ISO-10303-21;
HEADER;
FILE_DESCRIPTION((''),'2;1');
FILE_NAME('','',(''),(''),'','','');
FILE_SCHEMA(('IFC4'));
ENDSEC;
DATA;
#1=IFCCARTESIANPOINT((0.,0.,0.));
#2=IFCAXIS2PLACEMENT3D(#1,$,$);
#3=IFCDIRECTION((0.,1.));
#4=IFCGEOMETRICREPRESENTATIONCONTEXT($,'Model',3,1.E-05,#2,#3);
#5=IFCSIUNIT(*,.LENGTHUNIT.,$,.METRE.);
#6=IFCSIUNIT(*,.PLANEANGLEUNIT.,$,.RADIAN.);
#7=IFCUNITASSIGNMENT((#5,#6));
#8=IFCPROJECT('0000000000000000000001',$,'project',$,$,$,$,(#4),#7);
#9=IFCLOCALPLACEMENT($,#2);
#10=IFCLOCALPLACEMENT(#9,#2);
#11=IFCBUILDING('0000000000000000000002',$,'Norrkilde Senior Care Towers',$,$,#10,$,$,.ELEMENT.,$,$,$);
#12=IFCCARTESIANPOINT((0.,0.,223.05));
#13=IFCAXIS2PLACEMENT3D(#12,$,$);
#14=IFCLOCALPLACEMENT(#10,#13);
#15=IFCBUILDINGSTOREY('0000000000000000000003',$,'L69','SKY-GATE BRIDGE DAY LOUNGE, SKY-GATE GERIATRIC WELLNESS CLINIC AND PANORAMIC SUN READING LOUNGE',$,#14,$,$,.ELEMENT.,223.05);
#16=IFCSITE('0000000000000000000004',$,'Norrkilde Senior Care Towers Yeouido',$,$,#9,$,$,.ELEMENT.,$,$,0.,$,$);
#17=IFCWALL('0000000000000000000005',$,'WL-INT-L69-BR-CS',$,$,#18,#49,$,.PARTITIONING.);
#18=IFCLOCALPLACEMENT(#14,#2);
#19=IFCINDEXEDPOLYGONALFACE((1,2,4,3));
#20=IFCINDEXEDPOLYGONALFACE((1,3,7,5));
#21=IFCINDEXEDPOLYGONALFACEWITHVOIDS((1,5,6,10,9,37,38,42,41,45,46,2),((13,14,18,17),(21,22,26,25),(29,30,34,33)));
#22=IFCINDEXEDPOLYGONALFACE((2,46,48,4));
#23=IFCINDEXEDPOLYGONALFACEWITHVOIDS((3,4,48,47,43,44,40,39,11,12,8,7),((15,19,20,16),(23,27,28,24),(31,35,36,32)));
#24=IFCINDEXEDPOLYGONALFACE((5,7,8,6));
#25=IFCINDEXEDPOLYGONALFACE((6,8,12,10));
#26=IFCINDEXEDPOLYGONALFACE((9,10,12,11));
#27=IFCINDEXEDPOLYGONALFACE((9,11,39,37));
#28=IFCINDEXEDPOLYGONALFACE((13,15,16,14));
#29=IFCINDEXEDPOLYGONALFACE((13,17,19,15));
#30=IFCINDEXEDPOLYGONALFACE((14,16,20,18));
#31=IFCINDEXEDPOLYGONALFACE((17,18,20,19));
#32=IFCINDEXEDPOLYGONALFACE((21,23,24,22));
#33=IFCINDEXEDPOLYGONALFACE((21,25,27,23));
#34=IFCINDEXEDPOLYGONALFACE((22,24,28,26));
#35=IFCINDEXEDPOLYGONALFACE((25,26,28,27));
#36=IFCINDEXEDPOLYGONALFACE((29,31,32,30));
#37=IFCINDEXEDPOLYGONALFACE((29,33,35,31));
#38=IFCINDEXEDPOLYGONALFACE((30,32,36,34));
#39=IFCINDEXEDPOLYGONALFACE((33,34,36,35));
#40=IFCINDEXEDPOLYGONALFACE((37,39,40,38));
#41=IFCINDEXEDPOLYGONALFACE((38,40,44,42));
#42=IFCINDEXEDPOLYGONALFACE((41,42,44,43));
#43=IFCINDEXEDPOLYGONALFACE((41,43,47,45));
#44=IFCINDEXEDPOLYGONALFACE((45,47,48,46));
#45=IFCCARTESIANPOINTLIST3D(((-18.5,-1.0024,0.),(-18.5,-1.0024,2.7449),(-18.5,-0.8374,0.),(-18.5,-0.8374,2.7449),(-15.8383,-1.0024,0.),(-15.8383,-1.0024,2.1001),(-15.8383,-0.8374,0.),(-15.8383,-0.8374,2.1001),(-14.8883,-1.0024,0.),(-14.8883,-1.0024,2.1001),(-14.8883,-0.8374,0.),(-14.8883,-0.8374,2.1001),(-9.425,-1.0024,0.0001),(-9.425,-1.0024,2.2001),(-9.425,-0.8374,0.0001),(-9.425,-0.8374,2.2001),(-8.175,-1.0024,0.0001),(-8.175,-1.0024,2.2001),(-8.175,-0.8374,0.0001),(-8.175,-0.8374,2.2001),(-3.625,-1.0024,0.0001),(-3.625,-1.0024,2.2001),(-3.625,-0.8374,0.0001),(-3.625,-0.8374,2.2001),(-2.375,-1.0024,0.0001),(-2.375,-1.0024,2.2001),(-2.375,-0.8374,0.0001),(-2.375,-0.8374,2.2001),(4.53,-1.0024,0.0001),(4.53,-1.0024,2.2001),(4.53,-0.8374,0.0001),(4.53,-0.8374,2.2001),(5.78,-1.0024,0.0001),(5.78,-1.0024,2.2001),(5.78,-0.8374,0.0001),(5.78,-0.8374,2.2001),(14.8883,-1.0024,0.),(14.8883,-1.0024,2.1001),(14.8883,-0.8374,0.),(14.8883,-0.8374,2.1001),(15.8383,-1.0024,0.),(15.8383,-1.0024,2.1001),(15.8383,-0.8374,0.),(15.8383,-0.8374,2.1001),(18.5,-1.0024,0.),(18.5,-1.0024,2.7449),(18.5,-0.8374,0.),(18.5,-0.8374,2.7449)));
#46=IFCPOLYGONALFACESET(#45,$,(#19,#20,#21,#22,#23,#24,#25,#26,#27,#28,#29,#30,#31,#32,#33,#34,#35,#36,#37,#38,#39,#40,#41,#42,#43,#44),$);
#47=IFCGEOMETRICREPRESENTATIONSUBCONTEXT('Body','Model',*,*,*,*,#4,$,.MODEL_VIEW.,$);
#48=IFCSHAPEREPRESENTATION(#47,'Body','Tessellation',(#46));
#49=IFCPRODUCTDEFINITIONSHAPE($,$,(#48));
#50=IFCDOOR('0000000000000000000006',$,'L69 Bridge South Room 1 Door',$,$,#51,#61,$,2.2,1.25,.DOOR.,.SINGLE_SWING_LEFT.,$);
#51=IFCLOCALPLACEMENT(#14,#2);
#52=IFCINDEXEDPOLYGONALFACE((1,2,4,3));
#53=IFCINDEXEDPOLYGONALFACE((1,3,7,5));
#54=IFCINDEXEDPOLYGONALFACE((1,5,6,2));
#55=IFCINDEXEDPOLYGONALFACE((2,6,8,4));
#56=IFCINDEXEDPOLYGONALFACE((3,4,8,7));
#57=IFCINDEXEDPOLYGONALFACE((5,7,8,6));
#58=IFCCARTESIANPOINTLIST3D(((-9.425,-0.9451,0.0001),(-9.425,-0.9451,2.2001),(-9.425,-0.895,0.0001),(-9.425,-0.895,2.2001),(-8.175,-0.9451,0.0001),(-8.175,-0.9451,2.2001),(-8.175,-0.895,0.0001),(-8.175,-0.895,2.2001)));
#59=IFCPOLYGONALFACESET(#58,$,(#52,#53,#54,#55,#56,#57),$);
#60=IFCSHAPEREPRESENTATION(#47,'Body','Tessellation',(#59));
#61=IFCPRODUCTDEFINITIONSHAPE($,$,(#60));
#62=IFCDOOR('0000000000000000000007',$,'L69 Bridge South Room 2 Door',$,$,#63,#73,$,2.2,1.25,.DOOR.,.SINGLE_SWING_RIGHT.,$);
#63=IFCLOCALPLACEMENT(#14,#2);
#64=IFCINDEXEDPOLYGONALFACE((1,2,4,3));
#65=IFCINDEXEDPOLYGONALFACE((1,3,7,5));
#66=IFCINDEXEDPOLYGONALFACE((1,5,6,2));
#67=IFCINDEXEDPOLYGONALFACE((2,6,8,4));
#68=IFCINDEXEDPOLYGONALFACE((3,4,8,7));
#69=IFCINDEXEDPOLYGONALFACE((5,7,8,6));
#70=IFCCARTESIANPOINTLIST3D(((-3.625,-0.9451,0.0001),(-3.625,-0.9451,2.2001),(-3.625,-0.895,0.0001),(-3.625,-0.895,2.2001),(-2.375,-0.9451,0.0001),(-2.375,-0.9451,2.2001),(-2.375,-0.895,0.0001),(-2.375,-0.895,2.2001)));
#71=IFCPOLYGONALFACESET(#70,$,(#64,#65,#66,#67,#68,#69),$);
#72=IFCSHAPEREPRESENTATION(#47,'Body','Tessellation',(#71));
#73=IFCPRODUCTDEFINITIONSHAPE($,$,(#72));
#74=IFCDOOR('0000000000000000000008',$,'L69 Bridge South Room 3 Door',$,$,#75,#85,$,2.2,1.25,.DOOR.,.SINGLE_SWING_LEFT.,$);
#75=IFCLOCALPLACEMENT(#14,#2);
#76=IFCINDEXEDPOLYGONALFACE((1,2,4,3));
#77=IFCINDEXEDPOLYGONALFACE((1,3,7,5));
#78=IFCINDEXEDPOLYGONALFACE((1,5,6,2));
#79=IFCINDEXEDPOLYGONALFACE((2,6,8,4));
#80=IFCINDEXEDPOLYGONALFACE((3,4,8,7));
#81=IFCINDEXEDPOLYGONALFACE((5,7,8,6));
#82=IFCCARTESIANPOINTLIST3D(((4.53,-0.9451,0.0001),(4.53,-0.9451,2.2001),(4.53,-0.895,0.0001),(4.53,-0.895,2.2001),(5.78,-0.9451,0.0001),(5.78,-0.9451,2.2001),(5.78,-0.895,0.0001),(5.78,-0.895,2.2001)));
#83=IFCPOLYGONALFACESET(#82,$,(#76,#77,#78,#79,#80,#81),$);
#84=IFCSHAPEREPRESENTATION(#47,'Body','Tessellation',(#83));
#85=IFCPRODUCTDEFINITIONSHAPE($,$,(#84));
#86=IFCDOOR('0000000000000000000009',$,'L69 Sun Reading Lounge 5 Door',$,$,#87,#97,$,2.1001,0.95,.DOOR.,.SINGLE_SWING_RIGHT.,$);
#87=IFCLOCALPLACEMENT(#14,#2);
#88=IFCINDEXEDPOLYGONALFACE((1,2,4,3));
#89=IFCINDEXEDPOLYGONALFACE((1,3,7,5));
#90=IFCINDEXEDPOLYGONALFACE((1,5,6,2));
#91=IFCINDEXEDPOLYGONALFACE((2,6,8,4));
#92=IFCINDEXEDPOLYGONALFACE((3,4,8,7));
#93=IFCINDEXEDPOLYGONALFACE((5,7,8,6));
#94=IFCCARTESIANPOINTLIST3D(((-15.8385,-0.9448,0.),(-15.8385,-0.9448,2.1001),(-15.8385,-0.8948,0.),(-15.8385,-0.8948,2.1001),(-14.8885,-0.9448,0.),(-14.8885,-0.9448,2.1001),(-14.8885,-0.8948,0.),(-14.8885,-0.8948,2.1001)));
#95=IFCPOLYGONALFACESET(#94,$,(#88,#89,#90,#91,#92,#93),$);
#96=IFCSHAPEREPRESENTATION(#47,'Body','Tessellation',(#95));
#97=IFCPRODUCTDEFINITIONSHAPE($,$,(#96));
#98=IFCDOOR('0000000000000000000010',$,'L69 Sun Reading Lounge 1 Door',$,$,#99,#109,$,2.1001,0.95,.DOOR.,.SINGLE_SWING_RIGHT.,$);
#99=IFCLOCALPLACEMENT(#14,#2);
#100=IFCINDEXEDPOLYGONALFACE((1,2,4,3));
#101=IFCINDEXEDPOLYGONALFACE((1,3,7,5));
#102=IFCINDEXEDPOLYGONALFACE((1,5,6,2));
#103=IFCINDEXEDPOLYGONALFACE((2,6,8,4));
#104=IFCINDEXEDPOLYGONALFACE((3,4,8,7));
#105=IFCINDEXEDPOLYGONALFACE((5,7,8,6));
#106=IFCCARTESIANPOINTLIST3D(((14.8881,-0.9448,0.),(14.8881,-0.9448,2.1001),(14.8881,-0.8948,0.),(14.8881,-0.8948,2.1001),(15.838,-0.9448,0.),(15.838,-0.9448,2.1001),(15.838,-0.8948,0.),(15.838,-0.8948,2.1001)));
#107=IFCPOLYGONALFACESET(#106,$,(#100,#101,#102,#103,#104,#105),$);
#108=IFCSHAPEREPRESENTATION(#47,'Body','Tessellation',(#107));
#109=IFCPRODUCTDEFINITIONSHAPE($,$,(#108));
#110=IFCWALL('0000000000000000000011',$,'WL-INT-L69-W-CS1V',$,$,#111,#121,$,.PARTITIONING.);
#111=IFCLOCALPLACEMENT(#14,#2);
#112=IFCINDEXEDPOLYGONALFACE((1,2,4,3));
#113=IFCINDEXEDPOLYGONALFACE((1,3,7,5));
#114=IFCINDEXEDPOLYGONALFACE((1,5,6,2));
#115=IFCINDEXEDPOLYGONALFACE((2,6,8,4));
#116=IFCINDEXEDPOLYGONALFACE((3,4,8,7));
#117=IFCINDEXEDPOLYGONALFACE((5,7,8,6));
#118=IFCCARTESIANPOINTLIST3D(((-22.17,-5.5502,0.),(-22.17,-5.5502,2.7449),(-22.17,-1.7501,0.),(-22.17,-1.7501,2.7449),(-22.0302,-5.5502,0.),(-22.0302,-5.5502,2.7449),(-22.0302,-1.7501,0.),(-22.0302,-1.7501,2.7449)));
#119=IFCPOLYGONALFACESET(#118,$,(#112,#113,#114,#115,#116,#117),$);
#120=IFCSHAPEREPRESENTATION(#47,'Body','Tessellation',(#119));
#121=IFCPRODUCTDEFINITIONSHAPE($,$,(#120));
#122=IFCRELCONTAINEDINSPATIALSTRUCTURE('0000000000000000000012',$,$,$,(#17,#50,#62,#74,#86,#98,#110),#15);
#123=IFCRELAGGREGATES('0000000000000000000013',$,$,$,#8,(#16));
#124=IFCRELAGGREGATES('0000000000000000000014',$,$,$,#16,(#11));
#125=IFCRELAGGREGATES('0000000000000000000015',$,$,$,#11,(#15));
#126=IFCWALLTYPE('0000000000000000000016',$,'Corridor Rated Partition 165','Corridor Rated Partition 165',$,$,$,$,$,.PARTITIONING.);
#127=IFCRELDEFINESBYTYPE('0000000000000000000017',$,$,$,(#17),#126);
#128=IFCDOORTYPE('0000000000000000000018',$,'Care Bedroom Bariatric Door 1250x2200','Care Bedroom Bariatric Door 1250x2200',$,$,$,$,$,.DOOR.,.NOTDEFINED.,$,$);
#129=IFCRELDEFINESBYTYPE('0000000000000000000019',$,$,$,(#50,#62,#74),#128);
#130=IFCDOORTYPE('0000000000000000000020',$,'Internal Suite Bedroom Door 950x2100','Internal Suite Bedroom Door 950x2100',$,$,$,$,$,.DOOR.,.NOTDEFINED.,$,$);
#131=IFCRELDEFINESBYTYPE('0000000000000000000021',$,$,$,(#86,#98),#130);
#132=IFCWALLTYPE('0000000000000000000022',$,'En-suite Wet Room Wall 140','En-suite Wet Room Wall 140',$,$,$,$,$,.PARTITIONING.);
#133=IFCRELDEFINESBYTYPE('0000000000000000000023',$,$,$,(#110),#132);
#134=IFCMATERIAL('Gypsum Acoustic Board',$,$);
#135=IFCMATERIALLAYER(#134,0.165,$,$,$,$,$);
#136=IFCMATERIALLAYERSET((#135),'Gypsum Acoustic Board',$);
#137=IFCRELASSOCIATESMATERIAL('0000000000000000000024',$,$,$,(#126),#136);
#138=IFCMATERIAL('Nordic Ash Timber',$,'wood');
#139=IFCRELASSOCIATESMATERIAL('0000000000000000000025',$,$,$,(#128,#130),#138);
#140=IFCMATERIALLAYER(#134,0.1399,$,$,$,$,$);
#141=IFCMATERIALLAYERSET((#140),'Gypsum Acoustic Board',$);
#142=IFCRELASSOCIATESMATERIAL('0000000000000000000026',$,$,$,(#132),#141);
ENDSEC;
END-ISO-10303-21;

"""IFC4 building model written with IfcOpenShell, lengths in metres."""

from ifc_helpers import new_model, si_unit, direction, frame, frame_2d, origin, place, context, subcontext, project, spatial, rectangle, extrude, source, transform, mapped, material, layer, layer_set, type_object, type_shapes, element, fill, save


model = new_model("IFC4")

# Units and contexts
model_context = context("Model", 3, precision=1e-05, world=origin(), true_north=direction((0.0, 1.0)))
body_context = subcontext(model_context, "Body", "Model", "MODEL_VIEW")
ifc_project = project(units=[si_unit("LENGTHUNIT", "METRE"), si_unit("PLANEANGLEUNIT", "RADIAN")], contexts=[model_context])

# Site, building, storey
site_placement = place(None, origin())
site = spatial("IfcSite", under=ifc_project, at=site_placement, Name="Norrkilde Senior Care Towers Yeouido", CompositionType="ELEMENT", RefElevation=0.0)
building_placement = place(site_placement, origin())
building = spatial("IfcBuilding", under=site, at=building_placement, Name="Norrkilde Senior Care Towers", CompositionType="ELEMENT")
storey_placement = place(building_placement, frame((0.0, 0.0, 223.05)))
storey = spatial("IfcBuildingStorey", under=building, at=storey_placement, Name="L69", Description="SKY-GATE BRIDGE DAY LOUNGE, SKY-GATE GERIATRIC WELLNESS CLINIC AND PANORAMIC SUN READING LOUNGE", CompositionType="ELEMENT", Elevation=223.05)

# Shared definitions
ifc_material_1 = material(Name="Gypsum Acoustic Board")
ifc_layer_1 = layer(ifc_material_1, 0.165)
ifc_layer_set_1 = layer_set([ifc_layer_1], Name="Gypsum Acoustic Board")
wall_type_1 = type_object("IfcWallType", Name="Corridor Rated Partition 165", Description="Corridor Rated Partition 165", PredefinedType="PARTITIONING", material=ifc_layer_set_1)

# Shared definitions
ifc_material_2 = material(Name="Nordic Ash Timber", Category="wood")
door_type_1 = type_object("IfcDoorType", Name="Care Bedroom Bariatric Door 1250x2200", Description="Care Bedroom Bariatric Door 1250x2200", OperationType="NOTDEFINED", PredefinedType="DOOR", material=ifc_material_2)
shared_shape_1 = source(origin(), body_context, "Body", "SweptSolid", [
    extrude(rectangle(XDim=1.25, YDim=2.2, at=frame_2d((0.625, 1.1001))), frame((0.0, 0.0249, 0.0), z_axis=(0.0, -1.0, 0.0), x_axis=(1.0, 0.0, 0.0)), (0.0, 0.0, 1.0), 0.05),
])
type_shapes(door_type_1, [shared_shape_1])

# Wall, openings, doors
shared_shape_2 = source(origin(), body_context, "Body", "SweptSolid", [
    extrude(rectangle(XDim=37.0, YDim=0.165, at=frame_2d((18.5, 0.0))), origin(), (0.0, 0.0, 1.0), 2.7449),
])
wall_1_placement = place(storey_placement, frame((-18.5, -0.9199, 0.0), z_axis=(0.0, 0.0, 1.0), x_axis=(1.0, 0.0, 0.0)))
wall_1 = element("IfcWall", 1, at=wall_1_placement, inside=storey, type_object=wall_type_1, Name="WL-INT-L69-BR-CS", PredefinedType="PARTITIONING", context=body_context, shape_type="MappedRepresentation", body=[
    mapped(shared_shape_2, transform((0.0, 0.0, 0.0), x_axis=(1.0, 0.0, 0.0), y_axis=(0.0, 1.0, 0.0), z_axis=(0.0, 0.0, 1.0), scale=1.0)),
])
opening_1_placement = place(wall_1_placement, frame((2.6616, 0.0, 0.0)))
opening_1 = element("IfcOpeningElement", 2, at=opening_1_placement, cuts=wall_1, PredefinedType="OPENING", context=body_context, shape_type="SweptSolid", body=[
    extrude(rectangle(XDim=0.95, YDim=2.1001, at=frame_2d((0.4751, 1.05))), frame((0.0, 0.0925, 0.0), z_axis=(0.0, -1.0, 0.0), x_axis=(1.0, 0.0, 0.0)), (0.0, 0.0, 1.0), 0.1851),
])
opening_2_placement = place(wall_1_placement, frame((33.3882, 0.0, 0.0)))
opening_2 = element("IfcOpeningElement", 3, at=opening_2_placement, cuts=wall_1, PredefinedType="OPENING", context=body_context, shape_type="SweptSolid", body=[
    extrude(rectangle(XDim=0.95, YDim=2.1001, at=frame_2d((0.4751, 1.05))), frame((0.0, 0.0925, 0.0), z_axis=(0.0, -1.0, 0.0), x_axis=(1.0, 0.0, 0.0)), (0.0, 0.0, 1.0), 0.1851),
])
opening_3_placement = place(wall_1_placement, frame((9.075, 0.0, 0.0)))
opening_3 = element("IfcOpeningElement", 4, at=opening_3_placement, cuts=wall_1, PredefinedType="OPENING", context=body_context, shape_type="SweptSolid", body=[
    extrude(rectangle(XDim=1.25, YDim=2.2, at=frame_2d((0.625, 1.1001))), frame((0.0, 0.0925, 0.0), z_axis=(0.0, -1.0, 0.0), x_axis=(1.0, 0.0, 0.0)), (0.0, 0.0, 1.0), 0.1851),
])
opening_4_placement = place(wall_1_placement, frame((14.875, 0.0, 0.0)))
opening_4 = element("IfcOpeningElement", 5, at=opening_4_placement, cuts=wall_1, PredefinedType="OPENING", context=body_context, shape_type="SweptSolid", body=[
    extrude(rectangle(XDim=1.25, YDim=2.2, at=frame_2d((0.625, 1.1001))), frame((0.0, 0.0925, 0.0), z_axis=(0.0, -1.0, 0.0), x_axis=(1.0, 0.0, 0.0)), (0.0, 0.0, 1.0), 0.1851),
])
opening_5_placement = place(wall_1_placement, frame((23.03, 0.0, 0.0)))
opening_5 = element("IfcOpeningElement", 6, at=opening_5_placement, cuts=wall_1, PredefinedType="OPENING", context=body_context, shape_type="SweptSolid", body=[
    extrude(rectangle(XDim=1.25, YDim=2.2, at=frame_2d((0.625, 1.1001))), frame((0.0, 0.0925, 0.0), z_axis=(0.0, -1.0, 0.0), x_axis=(1.0, 0.0, 0.0)), (0.0, 0.0, 1.0), 0.1851),
])
door_1_placement = place(opening_3_placement, origin())
door_1 = element("IfcDoor", 7, at=door_1_placement, inside=storey, type_object=door_type_1, Name="L69 Bridge South Room 1 Door", OperationType="SINGLE_SWING_LEFT", OverallHeight=2.2, OverallWidth=1.25, PredefinedType="DOOR", context=body_context, shape_type="MappedRepresentation", body=[
    mapped(shared_shape_1, transform((0.0, 0.0, 0.0), x_axis=(1.0, 0.0, 0.0), y_axis=(0.0, 1.0, 0.0), z_axis=(0.0, 0.0, 1.0), scale=1.0)),
])
fill(opening_3, door_1)
door_2_placement = place(opening_4_placement, origin())
door_2 = element("IfcDoor", 8, at=door_2_placement, inside=storey, type_object=door_type_1, Name="L69 Bridge South Room 2 Door", OperationType="SINGLE_SWING_RIGHT", OverallHeight=2.2, OverallWidth=1.25, PredefinedType="DOOR", context=body_context, shape_type="MappedRepresentation", body=[
    mapped(shared_shape_1, transform((0.0, 0.0, 0.0), x_axis=(1.0, 0.0, 0.0), y_axis=(0.0, 1.0, 0.0), z_axis=(0.0, 0.0, 1.0), scale=1.0)),
])
fill(opening_4, door_2)
door_3_placement = place(opening_5_placement, origin())
door_3 = element("IfcDoor", 9, at=door_3_placement, inside=storey, type_object=door_type_1, Name="L69 Bridge South Room 3 Door", OperationType="SINGLE_SWING_LEFT", OverallHeight=2.2, OverallWidth=1.25, PredefinedType="DOOR", context=body_context, shape_type="MappedRepresentation", body=[
    mapped(shared_shape_1, transform((0.0, 0.0, 0.0), x_axis=(1.0, 0.0, 0.0), y_axis=(0.0, 1.0, 0.0), z_axis=(0.0, 0.0, 1.0), scale=1.0)),
])
fill(opening_5, door_3)
door_type_2 = type_object("IfcDoorType", Name="Internal Suite Bedroom Door 950x2100", Description="Internal Suite Bedroom Door 950x2100", OperationType="NOTDEFINED", PredefinedType="DOOR", material=ifc_material_2)
shared_shape_3 = source(origin(), body_context, "Body", "SweptSolid", [
    extrude(rectangle(XDim=0.95, YDim=2.1001, at=frame_2d((0.4751, 1.05))), frame((0.0, 0.0249, 0.0), z_axis=(0.0, -1.0, 0.0), x_axis=(1.0, 0.0, 0.0)), (0.0, 0.0, 1.0), 0.05),
])
type_shapes(door_type_2, [shared_shape_3])
door_4_placement = place(opening_1_placement, frame((0.95, 0.0, 0.0), z_axis=(0.0, 0.0, 1.0), x_axis=(-1.0, 0.0, 0.0)))
door_4 = element("IfcDoor", 10, at=door_4_placement, inside=storey, type_object=door_type_2, Name="L69 Sun Reading Lounge 5 Door", OperationType="SINGLE_SWING_RIGHT", OverallHeight=2.1001, OverallWidth=0.95, PredefinedType="DOOR", context=body_context, shape_type="MappedRepresentation", body=[
    mapped(shared_shape_3, transform((0.0, 0.0, 0.0), x_axis=(1.0, 0.0, 0.0), y_axis=(0.0, 1.0, 0.0), z_axis=(0.0, 0.0, 1.0), scale=1.0)),
])
fill(opening_1, door_4)
door_5_placement = place(opening_2_placement, frame((0.95, 0.0, 0.0), z_axis=(0.0, 0.0, 1.0), x_axis=(-1.0, 0.0, 0.0)))
door_5 = element("IfcDoor", 11, at=door_5_placement, inside=storey, type_object=door_type_2, Name="L69 Sun Reading Lounge 1 Door", OperationType="SINGLE_SWING_RIGHT", OverallHeight=2.1001, OverallWidth=0.95, PredefinedType="DOOR", context=body_context, shape_type="MappedRepresentation", body=[
    mapped(shared_shape_3, transform((0.0, 0.0, 0.0), x_axis=(1.0, 0.0, 0.0), y_axis=(0.0, 1.0, 0.0), z_axis=(0.0, 0.0, 1.0), scale=1.0)),
])
fill(opening_2, door_5)

# Wall
ifc_layer_2 = layer(ifc_material_1, 0.1399)
ifc_layer_set_2 = layer_set([ifc_layer_2], Name="Gypsum Acoustic Board")
wall_type_2 = type_object("IfcWallType", Name="En-suite Wet Room Wall 140", Description="En-suite Wet Room Wall 140", PredefinedType="PARTITIONING", material=ifc_layer_set_2)
shared_shape_4 = source(origin(), body_context, "Body", "SweptSolid", [
    extrude(rectangle(XDim=3.8, YDim=0.1399, at=frame_2d((1.8999, 0.0))), origin(), (0.0, 0.0, 1.0), 2.7449),
])
type_shapes(wall_type_2, [shared_shape_4])
wall_2_placement = place(storey_placement, frame((-22.1001, -5.55, 0.0), z_axis=(0.0, 0.0, 1.0), x_axis=(0.0, 1.0, 0.0)))
element("IfcWall", 12, at=wall_2_placement, inside=storey, type_object=wall_type_2, Name="WL-INT-L69-W-CS1V", PredefinedType="PARTITIONING", context=body_context, shape_type="MappedRepresentation", body=[
    mapped(shared_shape_4, transform((0.0, 0.0, 0.0), x_axis=(1.0, 0.0, 0.0), y_axis=(0.0, 1.0, 0.0), z_axis=(0.0, 0.0, 1.0), scale=1.0)),
])

save(model, "model.ifc")
